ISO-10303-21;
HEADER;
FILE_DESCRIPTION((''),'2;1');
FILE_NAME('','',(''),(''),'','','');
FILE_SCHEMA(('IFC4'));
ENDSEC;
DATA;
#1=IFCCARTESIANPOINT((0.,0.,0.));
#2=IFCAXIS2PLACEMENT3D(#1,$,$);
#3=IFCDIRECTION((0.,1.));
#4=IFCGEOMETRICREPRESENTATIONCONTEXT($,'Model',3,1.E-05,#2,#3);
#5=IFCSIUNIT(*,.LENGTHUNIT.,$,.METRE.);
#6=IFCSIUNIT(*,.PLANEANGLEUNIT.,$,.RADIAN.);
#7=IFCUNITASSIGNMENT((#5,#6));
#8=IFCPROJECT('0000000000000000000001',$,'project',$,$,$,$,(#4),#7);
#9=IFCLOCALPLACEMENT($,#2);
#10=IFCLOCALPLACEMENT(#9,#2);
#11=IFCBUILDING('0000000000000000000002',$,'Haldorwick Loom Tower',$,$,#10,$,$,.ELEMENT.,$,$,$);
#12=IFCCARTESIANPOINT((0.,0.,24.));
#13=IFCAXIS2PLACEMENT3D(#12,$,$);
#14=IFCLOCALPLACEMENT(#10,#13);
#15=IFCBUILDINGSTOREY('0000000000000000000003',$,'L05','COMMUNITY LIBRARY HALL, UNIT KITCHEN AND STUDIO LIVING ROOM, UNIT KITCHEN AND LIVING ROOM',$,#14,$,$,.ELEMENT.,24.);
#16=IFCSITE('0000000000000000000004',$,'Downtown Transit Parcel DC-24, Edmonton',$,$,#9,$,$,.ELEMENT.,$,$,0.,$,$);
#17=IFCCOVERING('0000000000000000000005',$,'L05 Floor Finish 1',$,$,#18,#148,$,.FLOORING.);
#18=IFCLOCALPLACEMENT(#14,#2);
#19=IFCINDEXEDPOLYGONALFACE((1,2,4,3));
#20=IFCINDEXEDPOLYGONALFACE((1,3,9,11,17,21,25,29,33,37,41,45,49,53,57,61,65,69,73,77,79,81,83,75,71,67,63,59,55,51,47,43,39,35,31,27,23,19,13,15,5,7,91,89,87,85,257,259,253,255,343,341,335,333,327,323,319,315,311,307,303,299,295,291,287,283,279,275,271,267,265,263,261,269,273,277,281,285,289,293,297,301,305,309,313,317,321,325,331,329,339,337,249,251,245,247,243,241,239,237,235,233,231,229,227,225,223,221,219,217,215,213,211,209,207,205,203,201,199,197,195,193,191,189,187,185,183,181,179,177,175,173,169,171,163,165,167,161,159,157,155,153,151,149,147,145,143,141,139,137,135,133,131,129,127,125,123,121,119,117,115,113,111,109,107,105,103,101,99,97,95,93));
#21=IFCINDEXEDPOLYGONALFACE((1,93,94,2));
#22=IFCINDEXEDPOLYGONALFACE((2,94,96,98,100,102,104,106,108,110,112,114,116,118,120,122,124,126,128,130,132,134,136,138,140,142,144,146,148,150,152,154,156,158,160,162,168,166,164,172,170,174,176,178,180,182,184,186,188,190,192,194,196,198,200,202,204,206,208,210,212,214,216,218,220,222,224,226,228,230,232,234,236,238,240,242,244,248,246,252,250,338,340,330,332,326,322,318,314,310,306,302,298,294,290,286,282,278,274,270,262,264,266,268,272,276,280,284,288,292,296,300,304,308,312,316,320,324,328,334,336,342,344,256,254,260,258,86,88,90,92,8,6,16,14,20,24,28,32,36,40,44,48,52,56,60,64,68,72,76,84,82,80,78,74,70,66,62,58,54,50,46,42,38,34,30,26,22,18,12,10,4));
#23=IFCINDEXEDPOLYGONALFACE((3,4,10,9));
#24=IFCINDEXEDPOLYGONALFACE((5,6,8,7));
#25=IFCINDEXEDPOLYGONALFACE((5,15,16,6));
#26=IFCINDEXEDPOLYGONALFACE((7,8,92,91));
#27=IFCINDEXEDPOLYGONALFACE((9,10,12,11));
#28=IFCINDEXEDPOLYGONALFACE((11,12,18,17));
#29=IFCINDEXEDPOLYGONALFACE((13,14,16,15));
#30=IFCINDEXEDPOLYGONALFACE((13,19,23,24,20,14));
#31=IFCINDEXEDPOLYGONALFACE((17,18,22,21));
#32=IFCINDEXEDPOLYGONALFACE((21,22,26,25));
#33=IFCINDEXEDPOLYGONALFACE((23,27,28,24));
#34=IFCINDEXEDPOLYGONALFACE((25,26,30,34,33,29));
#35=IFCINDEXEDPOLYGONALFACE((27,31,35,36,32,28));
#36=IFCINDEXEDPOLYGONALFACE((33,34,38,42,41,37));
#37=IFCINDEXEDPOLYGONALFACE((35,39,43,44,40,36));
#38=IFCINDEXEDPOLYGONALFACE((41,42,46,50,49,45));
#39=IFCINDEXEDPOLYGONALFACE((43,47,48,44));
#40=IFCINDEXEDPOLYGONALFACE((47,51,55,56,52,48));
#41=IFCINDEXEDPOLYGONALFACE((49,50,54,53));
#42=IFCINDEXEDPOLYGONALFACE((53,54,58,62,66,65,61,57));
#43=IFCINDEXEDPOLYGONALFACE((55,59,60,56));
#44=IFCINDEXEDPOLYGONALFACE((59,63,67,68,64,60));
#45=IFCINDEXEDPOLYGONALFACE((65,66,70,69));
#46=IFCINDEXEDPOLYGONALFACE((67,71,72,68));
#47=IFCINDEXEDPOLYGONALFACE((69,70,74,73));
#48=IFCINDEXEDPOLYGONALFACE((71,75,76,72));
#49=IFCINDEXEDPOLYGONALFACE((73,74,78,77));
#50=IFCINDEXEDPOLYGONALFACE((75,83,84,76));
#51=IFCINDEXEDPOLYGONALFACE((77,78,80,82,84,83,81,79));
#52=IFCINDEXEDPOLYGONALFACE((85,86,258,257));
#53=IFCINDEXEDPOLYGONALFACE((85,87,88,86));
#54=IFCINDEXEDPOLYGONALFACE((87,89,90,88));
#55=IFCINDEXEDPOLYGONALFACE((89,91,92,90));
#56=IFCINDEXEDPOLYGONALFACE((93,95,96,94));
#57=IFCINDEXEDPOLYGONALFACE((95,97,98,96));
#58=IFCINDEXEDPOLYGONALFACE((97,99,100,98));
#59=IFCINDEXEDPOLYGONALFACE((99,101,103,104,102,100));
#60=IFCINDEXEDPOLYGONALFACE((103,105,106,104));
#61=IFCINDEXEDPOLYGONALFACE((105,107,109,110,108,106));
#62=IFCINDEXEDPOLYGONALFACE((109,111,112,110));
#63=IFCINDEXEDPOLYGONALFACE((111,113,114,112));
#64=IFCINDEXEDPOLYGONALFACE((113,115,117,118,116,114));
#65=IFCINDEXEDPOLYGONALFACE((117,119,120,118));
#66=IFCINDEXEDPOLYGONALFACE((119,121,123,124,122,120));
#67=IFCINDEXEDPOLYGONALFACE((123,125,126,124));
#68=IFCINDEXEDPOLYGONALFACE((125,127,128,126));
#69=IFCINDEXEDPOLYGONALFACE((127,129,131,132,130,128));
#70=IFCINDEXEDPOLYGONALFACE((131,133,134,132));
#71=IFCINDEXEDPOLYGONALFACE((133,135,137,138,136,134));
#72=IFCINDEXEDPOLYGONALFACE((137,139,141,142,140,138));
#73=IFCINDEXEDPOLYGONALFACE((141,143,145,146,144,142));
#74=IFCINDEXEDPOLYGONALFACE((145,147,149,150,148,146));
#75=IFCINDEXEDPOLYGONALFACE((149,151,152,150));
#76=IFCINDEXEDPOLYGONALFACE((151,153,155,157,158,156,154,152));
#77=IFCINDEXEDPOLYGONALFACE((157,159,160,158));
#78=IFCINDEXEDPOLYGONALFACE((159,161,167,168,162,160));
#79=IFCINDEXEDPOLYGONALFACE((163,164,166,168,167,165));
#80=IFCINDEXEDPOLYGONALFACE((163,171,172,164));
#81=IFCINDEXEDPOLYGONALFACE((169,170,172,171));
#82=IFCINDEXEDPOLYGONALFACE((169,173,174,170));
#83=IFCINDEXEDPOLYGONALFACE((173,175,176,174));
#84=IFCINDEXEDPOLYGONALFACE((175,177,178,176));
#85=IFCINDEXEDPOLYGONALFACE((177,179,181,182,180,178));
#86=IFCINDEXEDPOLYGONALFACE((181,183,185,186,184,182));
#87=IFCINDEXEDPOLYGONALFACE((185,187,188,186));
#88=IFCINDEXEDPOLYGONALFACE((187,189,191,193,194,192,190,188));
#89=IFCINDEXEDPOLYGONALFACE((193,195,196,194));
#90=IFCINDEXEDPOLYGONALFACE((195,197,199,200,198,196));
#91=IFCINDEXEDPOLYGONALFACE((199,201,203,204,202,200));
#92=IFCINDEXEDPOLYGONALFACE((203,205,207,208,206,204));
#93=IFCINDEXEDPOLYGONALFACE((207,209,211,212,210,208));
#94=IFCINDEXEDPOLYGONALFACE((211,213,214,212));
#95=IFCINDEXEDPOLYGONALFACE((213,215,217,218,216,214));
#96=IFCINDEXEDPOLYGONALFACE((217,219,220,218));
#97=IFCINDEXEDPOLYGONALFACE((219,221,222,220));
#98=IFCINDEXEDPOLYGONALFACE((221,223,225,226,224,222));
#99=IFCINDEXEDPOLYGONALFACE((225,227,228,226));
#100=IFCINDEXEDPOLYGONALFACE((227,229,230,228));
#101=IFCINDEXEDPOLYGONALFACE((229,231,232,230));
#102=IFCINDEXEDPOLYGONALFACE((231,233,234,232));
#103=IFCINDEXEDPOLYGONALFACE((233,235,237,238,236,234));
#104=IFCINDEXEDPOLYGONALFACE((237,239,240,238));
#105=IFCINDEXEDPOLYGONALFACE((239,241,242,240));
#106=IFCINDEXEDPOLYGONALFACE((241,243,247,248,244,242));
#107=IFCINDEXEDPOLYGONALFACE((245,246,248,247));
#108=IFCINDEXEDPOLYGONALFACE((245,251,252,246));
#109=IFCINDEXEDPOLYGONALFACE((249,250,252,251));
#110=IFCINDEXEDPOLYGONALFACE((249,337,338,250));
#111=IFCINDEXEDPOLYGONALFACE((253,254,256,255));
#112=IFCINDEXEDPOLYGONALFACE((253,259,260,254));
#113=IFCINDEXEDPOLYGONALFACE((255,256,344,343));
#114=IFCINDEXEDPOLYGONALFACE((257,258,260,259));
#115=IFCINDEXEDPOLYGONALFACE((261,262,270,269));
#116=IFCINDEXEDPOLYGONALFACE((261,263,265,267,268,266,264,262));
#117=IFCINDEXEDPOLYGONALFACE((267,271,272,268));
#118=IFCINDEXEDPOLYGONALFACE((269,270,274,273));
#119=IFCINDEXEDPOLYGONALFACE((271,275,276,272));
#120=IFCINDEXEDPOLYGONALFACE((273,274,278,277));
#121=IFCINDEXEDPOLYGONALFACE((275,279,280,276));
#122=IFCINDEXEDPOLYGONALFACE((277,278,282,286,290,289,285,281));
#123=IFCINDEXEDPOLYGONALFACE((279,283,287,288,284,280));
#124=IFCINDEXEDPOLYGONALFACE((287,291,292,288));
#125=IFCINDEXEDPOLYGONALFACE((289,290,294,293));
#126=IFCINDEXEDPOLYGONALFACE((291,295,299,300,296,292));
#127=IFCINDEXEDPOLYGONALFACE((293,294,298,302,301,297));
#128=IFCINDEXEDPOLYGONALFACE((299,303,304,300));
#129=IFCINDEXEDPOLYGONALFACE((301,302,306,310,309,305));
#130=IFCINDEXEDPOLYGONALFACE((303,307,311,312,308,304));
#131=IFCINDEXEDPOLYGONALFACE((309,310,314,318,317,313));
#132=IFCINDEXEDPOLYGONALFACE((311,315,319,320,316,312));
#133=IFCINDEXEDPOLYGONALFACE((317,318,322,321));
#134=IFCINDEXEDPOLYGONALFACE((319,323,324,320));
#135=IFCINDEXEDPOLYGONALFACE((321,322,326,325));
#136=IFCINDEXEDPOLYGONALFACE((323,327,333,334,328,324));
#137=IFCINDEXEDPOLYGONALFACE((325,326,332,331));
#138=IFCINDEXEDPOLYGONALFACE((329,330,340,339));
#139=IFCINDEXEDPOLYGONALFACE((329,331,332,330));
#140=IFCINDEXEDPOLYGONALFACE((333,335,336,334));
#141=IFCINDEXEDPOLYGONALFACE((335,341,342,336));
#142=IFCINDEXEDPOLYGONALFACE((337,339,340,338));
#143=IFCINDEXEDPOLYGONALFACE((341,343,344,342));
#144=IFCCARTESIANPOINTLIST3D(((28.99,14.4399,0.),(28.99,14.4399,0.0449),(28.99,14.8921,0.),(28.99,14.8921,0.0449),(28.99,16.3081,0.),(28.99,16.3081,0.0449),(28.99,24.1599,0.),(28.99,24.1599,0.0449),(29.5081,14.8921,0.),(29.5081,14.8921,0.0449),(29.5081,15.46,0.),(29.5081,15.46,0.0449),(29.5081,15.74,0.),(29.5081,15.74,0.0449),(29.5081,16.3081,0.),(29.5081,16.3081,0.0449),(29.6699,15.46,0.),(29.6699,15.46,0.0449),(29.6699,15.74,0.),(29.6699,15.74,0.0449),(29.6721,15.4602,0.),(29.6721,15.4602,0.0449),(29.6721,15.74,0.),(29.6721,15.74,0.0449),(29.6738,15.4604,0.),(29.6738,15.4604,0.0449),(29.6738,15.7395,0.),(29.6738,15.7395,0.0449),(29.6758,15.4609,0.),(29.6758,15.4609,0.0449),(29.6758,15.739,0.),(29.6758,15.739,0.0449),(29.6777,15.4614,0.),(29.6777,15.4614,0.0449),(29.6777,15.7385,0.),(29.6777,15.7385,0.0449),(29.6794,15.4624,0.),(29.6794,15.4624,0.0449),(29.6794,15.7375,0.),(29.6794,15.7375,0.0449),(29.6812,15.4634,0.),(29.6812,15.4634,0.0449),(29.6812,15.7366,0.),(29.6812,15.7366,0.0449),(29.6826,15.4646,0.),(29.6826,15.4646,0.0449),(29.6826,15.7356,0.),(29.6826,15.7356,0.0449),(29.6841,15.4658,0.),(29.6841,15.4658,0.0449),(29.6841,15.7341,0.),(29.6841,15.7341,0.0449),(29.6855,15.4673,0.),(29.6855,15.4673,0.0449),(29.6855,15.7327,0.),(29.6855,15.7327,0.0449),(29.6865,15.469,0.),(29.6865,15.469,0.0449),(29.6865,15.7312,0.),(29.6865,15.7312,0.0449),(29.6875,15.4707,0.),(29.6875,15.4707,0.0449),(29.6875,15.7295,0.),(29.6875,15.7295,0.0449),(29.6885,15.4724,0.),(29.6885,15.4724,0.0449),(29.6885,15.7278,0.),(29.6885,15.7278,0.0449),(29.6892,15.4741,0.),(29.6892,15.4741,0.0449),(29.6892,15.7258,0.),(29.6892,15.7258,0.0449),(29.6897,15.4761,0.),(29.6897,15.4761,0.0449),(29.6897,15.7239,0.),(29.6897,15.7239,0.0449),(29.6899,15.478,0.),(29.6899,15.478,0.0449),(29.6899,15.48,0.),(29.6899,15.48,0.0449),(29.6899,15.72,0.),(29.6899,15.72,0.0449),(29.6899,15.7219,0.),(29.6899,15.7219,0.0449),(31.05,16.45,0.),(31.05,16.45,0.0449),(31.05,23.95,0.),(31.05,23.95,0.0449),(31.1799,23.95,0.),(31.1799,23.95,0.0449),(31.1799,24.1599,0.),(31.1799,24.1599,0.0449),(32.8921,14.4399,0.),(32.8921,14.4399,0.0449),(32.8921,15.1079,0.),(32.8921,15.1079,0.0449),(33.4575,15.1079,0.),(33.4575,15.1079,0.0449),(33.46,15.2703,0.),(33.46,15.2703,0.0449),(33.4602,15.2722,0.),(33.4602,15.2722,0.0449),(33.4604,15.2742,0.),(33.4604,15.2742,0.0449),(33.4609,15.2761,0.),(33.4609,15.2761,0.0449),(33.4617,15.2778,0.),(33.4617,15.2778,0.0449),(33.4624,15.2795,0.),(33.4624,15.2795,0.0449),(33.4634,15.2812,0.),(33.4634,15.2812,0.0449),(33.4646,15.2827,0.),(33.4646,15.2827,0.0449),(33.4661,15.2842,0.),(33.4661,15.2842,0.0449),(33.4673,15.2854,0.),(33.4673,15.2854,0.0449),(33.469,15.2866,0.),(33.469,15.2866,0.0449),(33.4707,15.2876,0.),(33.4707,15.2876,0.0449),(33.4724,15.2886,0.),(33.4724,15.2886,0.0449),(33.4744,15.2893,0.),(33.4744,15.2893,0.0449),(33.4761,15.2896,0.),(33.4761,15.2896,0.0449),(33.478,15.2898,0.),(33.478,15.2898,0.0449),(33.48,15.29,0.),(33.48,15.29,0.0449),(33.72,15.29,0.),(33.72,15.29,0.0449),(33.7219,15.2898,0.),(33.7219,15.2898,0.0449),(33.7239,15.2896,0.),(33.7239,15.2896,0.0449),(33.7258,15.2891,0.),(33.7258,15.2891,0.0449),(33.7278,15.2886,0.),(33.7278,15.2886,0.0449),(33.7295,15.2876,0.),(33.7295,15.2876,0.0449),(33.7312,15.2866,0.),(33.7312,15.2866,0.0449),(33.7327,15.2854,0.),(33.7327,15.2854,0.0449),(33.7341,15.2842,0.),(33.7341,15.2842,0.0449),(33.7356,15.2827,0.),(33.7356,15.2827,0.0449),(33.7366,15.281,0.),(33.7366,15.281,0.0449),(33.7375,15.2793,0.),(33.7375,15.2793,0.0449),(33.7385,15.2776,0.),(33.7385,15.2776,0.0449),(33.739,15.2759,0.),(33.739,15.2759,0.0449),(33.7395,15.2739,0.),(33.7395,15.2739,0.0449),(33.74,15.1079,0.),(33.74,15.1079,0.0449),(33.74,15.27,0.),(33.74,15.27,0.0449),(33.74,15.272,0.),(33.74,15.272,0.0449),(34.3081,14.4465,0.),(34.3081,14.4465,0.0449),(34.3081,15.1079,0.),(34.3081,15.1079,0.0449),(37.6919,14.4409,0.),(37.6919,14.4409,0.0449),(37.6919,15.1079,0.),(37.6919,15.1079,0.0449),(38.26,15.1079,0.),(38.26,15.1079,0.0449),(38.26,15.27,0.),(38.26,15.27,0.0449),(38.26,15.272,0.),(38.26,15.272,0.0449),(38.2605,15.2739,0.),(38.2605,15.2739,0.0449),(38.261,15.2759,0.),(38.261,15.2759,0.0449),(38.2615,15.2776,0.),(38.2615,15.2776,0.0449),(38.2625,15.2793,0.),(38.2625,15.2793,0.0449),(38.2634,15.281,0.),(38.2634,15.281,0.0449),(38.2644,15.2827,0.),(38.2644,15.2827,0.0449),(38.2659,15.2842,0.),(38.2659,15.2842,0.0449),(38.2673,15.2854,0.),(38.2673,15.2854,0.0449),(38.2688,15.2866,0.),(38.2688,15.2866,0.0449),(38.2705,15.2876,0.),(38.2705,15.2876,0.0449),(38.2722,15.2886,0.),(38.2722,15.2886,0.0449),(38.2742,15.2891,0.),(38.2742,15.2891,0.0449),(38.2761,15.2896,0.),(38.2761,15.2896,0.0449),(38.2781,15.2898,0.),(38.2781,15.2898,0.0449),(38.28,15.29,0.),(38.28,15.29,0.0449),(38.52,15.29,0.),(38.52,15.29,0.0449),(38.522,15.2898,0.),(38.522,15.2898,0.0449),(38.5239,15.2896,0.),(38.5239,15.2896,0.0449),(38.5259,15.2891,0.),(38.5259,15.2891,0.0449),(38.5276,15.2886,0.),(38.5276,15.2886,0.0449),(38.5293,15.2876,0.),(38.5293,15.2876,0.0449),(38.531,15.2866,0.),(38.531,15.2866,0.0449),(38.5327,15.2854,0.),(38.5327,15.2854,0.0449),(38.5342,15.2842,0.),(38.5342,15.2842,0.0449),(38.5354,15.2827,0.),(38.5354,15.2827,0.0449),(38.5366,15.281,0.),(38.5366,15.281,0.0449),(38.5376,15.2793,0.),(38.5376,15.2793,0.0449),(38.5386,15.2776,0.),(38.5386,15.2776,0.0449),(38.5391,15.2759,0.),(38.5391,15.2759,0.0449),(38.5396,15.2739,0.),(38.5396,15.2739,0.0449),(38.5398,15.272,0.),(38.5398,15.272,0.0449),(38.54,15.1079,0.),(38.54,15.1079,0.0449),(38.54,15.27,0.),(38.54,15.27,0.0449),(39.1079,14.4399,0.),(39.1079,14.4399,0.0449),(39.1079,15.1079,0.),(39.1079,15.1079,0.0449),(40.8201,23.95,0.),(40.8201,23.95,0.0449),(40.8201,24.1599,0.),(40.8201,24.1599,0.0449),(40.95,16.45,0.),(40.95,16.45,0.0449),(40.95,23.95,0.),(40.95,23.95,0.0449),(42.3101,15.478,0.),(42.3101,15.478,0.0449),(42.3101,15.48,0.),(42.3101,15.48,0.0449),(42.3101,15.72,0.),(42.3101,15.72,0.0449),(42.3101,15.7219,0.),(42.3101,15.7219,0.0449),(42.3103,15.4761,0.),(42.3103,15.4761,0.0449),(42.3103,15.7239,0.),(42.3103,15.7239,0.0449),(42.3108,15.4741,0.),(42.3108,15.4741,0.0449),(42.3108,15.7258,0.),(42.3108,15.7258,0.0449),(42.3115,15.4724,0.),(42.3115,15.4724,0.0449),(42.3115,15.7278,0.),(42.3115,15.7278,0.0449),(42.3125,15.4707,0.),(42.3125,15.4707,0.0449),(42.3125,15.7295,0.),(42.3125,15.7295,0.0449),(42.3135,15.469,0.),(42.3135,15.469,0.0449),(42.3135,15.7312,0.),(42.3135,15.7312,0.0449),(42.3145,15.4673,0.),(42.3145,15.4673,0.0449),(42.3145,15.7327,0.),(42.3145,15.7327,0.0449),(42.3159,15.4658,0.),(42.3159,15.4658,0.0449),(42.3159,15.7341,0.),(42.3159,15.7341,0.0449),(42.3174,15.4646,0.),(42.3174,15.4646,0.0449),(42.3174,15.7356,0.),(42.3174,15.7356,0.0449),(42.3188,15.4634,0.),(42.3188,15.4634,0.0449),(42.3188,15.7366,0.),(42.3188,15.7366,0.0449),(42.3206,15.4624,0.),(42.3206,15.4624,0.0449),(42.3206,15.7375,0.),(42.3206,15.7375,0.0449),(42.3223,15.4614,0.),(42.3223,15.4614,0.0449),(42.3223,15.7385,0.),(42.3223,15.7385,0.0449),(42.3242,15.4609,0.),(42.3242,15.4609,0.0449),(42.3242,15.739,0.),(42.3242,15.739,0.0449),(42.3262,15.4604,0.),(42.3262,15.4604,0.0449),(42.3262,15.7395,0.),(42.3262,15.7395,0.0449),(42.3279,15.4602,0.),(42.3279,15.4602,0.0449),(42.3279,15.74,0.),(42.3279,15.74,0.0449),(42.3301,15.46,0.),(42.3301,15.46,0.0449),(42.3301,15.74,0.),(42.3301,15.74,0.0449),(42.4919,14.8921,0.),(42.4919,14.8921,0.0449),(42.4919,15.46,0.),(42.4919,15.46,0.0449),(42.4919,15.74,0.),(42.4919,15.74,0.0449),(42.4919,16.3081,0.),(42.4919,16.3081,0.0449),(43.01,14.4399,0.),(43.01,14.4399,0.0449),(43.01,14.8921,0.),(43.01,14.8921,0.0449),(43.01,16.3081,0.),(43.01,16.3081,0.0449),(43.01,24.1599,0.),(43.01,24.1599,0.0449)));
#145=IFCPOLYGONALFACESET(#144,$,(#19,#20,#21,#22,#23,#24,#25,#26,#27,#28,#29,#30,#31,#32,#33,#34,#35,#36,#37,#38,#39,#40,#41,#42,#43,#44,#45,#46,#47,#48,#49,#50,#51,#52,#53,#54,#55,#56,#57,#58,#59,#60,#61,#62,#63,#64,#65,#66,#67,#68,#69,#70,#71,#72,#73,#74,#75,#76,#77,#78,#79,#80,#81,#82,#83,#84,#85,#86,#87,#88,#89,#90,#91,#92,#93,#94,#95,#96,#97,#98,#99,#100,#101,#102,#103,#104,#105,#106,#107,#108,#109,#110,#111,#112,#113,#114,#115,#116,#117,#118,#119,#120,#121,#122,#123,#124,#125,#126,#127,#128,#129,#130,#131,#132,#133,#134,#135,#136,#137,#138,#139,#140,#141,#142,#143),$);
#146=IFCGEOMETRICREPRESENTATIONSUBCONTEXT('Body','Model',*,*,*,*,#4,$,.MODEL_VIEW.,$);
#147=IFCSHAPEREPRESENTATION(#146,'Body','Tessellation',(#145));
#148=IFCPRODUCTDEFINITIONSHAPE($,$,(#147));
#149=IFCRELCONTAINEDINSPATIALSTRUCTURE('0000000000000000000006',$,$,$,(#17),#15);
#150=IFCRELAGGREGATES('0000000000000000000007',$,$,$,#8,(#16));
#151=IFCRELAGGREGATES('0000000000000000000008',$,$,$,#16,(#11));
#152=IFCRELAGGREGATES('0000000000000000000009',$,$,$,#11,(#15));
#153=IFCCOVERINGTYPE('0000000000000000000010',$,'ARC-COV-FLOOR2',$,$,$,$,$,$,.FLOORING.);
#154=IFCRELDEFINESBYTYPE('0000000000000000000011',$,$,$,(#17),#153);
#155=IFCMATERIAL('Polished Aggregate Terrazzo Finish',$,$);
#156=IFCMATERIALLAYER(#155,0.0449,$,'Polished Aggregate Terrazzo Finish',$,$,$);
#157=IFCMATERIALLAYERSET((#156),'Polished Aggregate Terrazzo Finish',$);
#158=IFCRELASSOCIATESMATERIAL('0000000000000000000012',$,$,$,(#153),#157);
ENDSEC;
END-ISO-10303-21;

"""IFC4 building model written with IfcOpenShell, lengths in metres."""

from ifc_helpers import new_model, si_unit, direction, frame, origin, place, context, subcontext, project, spatial, polyline, outline, extrude, material, layer, layer_set, type_object, element, save


model = new_model("IFC4")

# Units and contexts
model_context = context("Model", 3, precision=1e-05, world=origin(), true_north=direction((0.0, 1.0)))
body_context = subcontext(model_context, "Body", "Model", "MODEL_VIEW")
ifc_project = project(units=[si_unit("LENGTHUNIT", "METRE"), si_unit("PLANEANGLEUNIT", "RADIAN")], contexts=[model_context])

# Site, building, storey
site_placement = place(None, origin())
site = spatial("IfcSite", under=ifc_project, at=site_placement, Name="Downtown Transit Parcel DC-24, Edmonton", CompositionType="ELEMENT", RefElevation=0.0)
building_placement = place(site_placement, origin())
building = spatial("IfcBuilding", under=site, at=building_placement, Name="Haldorwick Loom Tower", CompositionType="ELEMENT")
storey_placement = place(building_placement, frame((0.0, 0.0, 24.0)))
storey = spatial("IfcBuildingStorey", under=building, at=storey_placement, Name="L05", Description="COMMUNITY LIBRARY HALL, UNIT KITCHEN AND STUDIO LIVING ROOM, UNIT KITCHEN AND LIVING ROOM", CompositionType="ELEMENT", Elevation=24.0)

# Covering
ifc_material_1 = material(Name="Polished Aggregate Terrazzo Finish")
ifc_layer_1 = layer(ifc_material_1, 0.0449, Name="Polished Aggregate Terrazzo Finish")
ifc_layer_set_1 = layer_set([ifc_layer_1], Name="Polished Aggregate Terrazzo Finish")
covering_type_1 = type_object("IfcCoveringType", Name="ARC-COV-FLOOR2", PredefinedType="FLOORING", material=ifc_layer_set_1)
covering_1_placement = place(storey_placement, origin())
element("IfcCovering", 1, at=covering_1_placement, inside=storey, type_object=covering_type_1, Name="L05 Floor Finish 1", PredefinedType="FLOORING", context=body_context, shape_type="SweptSolid", body=[
    extrude(outline(polyline([(37.6919, 14.4409), (37.6919, 15.1079), (38.26, 15.1079), (38.26, 15.27), (38.26, 15.272), (38.2605, 15.2739), (38.261, 15.2759), (38.2615, 15.2776), (38.2625, 15.2793), (38.2634, 15.281), (38.2644, 15.2827), (38.2659, 15.2842), (38.2673, 15.2854), (38.2688, 15.2866), (38.2705, 15.2876), (38.2722, 15.2886), (38.2742, 15.2891), (38.2761, 15.2896), (38.2781, 15.2898), (38.28, 15.29), (38.52, 15.29), (38.522, 15.2898), (38.5239, 15.2896), (38.5259, 15.2891), (38.5276, 15.2886), (38.5293, 15.2876), (38.531, 15.2866), (38.5327, 15.2854), (38.5342, 15.2842), (38.5354, 15.2827), (38.5366, 15.281), (38.5376, 15.2793), (38.5386, 15.2776), (38.5391, 15.2759), (38.5396, 15.2739), (38.5398, 15.272), (38.54, 15.27), (38.54, 15.1079), (39.1079, 15.1079), (39.1079, 14.4399), (43.01, 14.4399), (43.01, 14.8921), (42.4919, 14.8921), (42.4919, 15.46), (42.3301, 15.46), (42.3279, 15.4602), (42.3262, 15.4604), (42.3242, 15.4609), (42.3223, 15.4614), (42.3206, 15.4624), (42.3188, 15.4634), (42.3174, 15.4646), (42.3159, 15.4658), (42.3145, 15.4673), (42.3135, 15.469), (42.3125, 15.4707), (42.3115, 15.4724), (42.3108, 15.4741), (42.3103, 15.4761), (42.3101, 15.478), (42.3101, 15.48), (42.3101, 15.72), (42.3101, 15.7219), (42.3103, 15.7239), (42.3108, 15.7258), (42.3115, 15.7278), (42.3125, 15.7295), (42.3135, 15.7312), (42.3145, 15.7327), (42.3159, 15.7341), (42.3174, 15.7356), (42.3188, 15.7366), (42.3206, 15.7375), (42.3223, 15.7385), (42.3242, 15.739), (42.3262, 15.7395), (42.3279, 15.74), (42.3301, 15.74), (42.4919, 15.74), (42.4919, 16.3081), (43.01, 16.3081), (43.01, 24.1599), (40.8201, 24.1599), (40.8201, 23.95), (40.95, 23.95), (40.95, 16.45), (31.05, 16.45), (31.05, 23.95), (31.1799, 23.95), (31.1799, 24.1599), (28.99, 24.1599), (28.99, 16.3081), (29.5081, 16.3081), (29.5081, 15.74), (29.6699, 15.74), (29.6721, 15.74), (29.6738, 15.7395), (29.6758, 15.739), (29.6777, 15.7385), (29.6794, 15.7375), (29.6812, 15.7366), (29.6826, 15.7356), (29.6841, 15.7341), (29.6855, 15.7327), (29.6865, 15.7312), (29.6875, 15.7295), (29.6885, 15.7278), (29.6892, 15.7258), (29.6897, 15.7239), (29.6899, 15.7219), (29.6899, 15.72), (29.6899, 15.48), (29.6899, 15.478), (29.6897, 15.4761), (29.6892, 15.4741), (29.6885, 15.4724), (29.6875, 15.4707), (29.6865, 15.469), (29.6855, 15.4673), (29.6841, 15.4658), (29.6826, 15.4646), (29.6812, 15.4634), (29.6794, 15.4624), (29.6777, 15.4614), (29.6758, 15.4609), (29.6738, 15.4604), (29.6721, 15.4602), (29.6699, 15.46), (29.5081, 15.46), (29.5081, 14.8921), (28.99, 14.8921), (28.99, 14.4399), (32.8921, 14.4399), (32.8921, 15.1079), (33.4575, 15.1079), (33.46, 15.2703), (33.4602, 15.2722), (33.4604, 15.2742), (33.4609, 15.2761), (33.4617, 15.2778), (33.4624, 15.2795), (33.4634, 15.2812), (33.4646, 15.2827), (33.4661, 15.2842), (33.4673, 15.2854), (33.469, 15.2866), (33.4707, 15.2876), (33.4724, 15.2886), (33.4744, 15.2893), (33.4761, 15.2896), (33.478, 15.2898), (33.48, 15.29), (33.72, 15.29), (33.7219, 15.2898), (33.7239, 15.2896), (33.7258, 15.2891), (33.7278, 15.2886), (33.7295, 15.2876), (33.7312, 15.2866), (33.7327, 15.2854), (33.7341, 15.2842), (33.7356, 15.2827), (33.7366, 15.281), (33.7375, 15.2793), (33.7385, 15.2776), (33.739, 15.2759), (33.7395, 15.2739), (33.74, 15.272), (33.74, 15.27), (33.74, 15.1079), (34.3081, 15.1079), (34.3081, 14.4465), (37.6919, 14.4409)])), origin(), (0.0, 0.0, 1.0), 0.0449),
])

save(model, "model.ifc")
